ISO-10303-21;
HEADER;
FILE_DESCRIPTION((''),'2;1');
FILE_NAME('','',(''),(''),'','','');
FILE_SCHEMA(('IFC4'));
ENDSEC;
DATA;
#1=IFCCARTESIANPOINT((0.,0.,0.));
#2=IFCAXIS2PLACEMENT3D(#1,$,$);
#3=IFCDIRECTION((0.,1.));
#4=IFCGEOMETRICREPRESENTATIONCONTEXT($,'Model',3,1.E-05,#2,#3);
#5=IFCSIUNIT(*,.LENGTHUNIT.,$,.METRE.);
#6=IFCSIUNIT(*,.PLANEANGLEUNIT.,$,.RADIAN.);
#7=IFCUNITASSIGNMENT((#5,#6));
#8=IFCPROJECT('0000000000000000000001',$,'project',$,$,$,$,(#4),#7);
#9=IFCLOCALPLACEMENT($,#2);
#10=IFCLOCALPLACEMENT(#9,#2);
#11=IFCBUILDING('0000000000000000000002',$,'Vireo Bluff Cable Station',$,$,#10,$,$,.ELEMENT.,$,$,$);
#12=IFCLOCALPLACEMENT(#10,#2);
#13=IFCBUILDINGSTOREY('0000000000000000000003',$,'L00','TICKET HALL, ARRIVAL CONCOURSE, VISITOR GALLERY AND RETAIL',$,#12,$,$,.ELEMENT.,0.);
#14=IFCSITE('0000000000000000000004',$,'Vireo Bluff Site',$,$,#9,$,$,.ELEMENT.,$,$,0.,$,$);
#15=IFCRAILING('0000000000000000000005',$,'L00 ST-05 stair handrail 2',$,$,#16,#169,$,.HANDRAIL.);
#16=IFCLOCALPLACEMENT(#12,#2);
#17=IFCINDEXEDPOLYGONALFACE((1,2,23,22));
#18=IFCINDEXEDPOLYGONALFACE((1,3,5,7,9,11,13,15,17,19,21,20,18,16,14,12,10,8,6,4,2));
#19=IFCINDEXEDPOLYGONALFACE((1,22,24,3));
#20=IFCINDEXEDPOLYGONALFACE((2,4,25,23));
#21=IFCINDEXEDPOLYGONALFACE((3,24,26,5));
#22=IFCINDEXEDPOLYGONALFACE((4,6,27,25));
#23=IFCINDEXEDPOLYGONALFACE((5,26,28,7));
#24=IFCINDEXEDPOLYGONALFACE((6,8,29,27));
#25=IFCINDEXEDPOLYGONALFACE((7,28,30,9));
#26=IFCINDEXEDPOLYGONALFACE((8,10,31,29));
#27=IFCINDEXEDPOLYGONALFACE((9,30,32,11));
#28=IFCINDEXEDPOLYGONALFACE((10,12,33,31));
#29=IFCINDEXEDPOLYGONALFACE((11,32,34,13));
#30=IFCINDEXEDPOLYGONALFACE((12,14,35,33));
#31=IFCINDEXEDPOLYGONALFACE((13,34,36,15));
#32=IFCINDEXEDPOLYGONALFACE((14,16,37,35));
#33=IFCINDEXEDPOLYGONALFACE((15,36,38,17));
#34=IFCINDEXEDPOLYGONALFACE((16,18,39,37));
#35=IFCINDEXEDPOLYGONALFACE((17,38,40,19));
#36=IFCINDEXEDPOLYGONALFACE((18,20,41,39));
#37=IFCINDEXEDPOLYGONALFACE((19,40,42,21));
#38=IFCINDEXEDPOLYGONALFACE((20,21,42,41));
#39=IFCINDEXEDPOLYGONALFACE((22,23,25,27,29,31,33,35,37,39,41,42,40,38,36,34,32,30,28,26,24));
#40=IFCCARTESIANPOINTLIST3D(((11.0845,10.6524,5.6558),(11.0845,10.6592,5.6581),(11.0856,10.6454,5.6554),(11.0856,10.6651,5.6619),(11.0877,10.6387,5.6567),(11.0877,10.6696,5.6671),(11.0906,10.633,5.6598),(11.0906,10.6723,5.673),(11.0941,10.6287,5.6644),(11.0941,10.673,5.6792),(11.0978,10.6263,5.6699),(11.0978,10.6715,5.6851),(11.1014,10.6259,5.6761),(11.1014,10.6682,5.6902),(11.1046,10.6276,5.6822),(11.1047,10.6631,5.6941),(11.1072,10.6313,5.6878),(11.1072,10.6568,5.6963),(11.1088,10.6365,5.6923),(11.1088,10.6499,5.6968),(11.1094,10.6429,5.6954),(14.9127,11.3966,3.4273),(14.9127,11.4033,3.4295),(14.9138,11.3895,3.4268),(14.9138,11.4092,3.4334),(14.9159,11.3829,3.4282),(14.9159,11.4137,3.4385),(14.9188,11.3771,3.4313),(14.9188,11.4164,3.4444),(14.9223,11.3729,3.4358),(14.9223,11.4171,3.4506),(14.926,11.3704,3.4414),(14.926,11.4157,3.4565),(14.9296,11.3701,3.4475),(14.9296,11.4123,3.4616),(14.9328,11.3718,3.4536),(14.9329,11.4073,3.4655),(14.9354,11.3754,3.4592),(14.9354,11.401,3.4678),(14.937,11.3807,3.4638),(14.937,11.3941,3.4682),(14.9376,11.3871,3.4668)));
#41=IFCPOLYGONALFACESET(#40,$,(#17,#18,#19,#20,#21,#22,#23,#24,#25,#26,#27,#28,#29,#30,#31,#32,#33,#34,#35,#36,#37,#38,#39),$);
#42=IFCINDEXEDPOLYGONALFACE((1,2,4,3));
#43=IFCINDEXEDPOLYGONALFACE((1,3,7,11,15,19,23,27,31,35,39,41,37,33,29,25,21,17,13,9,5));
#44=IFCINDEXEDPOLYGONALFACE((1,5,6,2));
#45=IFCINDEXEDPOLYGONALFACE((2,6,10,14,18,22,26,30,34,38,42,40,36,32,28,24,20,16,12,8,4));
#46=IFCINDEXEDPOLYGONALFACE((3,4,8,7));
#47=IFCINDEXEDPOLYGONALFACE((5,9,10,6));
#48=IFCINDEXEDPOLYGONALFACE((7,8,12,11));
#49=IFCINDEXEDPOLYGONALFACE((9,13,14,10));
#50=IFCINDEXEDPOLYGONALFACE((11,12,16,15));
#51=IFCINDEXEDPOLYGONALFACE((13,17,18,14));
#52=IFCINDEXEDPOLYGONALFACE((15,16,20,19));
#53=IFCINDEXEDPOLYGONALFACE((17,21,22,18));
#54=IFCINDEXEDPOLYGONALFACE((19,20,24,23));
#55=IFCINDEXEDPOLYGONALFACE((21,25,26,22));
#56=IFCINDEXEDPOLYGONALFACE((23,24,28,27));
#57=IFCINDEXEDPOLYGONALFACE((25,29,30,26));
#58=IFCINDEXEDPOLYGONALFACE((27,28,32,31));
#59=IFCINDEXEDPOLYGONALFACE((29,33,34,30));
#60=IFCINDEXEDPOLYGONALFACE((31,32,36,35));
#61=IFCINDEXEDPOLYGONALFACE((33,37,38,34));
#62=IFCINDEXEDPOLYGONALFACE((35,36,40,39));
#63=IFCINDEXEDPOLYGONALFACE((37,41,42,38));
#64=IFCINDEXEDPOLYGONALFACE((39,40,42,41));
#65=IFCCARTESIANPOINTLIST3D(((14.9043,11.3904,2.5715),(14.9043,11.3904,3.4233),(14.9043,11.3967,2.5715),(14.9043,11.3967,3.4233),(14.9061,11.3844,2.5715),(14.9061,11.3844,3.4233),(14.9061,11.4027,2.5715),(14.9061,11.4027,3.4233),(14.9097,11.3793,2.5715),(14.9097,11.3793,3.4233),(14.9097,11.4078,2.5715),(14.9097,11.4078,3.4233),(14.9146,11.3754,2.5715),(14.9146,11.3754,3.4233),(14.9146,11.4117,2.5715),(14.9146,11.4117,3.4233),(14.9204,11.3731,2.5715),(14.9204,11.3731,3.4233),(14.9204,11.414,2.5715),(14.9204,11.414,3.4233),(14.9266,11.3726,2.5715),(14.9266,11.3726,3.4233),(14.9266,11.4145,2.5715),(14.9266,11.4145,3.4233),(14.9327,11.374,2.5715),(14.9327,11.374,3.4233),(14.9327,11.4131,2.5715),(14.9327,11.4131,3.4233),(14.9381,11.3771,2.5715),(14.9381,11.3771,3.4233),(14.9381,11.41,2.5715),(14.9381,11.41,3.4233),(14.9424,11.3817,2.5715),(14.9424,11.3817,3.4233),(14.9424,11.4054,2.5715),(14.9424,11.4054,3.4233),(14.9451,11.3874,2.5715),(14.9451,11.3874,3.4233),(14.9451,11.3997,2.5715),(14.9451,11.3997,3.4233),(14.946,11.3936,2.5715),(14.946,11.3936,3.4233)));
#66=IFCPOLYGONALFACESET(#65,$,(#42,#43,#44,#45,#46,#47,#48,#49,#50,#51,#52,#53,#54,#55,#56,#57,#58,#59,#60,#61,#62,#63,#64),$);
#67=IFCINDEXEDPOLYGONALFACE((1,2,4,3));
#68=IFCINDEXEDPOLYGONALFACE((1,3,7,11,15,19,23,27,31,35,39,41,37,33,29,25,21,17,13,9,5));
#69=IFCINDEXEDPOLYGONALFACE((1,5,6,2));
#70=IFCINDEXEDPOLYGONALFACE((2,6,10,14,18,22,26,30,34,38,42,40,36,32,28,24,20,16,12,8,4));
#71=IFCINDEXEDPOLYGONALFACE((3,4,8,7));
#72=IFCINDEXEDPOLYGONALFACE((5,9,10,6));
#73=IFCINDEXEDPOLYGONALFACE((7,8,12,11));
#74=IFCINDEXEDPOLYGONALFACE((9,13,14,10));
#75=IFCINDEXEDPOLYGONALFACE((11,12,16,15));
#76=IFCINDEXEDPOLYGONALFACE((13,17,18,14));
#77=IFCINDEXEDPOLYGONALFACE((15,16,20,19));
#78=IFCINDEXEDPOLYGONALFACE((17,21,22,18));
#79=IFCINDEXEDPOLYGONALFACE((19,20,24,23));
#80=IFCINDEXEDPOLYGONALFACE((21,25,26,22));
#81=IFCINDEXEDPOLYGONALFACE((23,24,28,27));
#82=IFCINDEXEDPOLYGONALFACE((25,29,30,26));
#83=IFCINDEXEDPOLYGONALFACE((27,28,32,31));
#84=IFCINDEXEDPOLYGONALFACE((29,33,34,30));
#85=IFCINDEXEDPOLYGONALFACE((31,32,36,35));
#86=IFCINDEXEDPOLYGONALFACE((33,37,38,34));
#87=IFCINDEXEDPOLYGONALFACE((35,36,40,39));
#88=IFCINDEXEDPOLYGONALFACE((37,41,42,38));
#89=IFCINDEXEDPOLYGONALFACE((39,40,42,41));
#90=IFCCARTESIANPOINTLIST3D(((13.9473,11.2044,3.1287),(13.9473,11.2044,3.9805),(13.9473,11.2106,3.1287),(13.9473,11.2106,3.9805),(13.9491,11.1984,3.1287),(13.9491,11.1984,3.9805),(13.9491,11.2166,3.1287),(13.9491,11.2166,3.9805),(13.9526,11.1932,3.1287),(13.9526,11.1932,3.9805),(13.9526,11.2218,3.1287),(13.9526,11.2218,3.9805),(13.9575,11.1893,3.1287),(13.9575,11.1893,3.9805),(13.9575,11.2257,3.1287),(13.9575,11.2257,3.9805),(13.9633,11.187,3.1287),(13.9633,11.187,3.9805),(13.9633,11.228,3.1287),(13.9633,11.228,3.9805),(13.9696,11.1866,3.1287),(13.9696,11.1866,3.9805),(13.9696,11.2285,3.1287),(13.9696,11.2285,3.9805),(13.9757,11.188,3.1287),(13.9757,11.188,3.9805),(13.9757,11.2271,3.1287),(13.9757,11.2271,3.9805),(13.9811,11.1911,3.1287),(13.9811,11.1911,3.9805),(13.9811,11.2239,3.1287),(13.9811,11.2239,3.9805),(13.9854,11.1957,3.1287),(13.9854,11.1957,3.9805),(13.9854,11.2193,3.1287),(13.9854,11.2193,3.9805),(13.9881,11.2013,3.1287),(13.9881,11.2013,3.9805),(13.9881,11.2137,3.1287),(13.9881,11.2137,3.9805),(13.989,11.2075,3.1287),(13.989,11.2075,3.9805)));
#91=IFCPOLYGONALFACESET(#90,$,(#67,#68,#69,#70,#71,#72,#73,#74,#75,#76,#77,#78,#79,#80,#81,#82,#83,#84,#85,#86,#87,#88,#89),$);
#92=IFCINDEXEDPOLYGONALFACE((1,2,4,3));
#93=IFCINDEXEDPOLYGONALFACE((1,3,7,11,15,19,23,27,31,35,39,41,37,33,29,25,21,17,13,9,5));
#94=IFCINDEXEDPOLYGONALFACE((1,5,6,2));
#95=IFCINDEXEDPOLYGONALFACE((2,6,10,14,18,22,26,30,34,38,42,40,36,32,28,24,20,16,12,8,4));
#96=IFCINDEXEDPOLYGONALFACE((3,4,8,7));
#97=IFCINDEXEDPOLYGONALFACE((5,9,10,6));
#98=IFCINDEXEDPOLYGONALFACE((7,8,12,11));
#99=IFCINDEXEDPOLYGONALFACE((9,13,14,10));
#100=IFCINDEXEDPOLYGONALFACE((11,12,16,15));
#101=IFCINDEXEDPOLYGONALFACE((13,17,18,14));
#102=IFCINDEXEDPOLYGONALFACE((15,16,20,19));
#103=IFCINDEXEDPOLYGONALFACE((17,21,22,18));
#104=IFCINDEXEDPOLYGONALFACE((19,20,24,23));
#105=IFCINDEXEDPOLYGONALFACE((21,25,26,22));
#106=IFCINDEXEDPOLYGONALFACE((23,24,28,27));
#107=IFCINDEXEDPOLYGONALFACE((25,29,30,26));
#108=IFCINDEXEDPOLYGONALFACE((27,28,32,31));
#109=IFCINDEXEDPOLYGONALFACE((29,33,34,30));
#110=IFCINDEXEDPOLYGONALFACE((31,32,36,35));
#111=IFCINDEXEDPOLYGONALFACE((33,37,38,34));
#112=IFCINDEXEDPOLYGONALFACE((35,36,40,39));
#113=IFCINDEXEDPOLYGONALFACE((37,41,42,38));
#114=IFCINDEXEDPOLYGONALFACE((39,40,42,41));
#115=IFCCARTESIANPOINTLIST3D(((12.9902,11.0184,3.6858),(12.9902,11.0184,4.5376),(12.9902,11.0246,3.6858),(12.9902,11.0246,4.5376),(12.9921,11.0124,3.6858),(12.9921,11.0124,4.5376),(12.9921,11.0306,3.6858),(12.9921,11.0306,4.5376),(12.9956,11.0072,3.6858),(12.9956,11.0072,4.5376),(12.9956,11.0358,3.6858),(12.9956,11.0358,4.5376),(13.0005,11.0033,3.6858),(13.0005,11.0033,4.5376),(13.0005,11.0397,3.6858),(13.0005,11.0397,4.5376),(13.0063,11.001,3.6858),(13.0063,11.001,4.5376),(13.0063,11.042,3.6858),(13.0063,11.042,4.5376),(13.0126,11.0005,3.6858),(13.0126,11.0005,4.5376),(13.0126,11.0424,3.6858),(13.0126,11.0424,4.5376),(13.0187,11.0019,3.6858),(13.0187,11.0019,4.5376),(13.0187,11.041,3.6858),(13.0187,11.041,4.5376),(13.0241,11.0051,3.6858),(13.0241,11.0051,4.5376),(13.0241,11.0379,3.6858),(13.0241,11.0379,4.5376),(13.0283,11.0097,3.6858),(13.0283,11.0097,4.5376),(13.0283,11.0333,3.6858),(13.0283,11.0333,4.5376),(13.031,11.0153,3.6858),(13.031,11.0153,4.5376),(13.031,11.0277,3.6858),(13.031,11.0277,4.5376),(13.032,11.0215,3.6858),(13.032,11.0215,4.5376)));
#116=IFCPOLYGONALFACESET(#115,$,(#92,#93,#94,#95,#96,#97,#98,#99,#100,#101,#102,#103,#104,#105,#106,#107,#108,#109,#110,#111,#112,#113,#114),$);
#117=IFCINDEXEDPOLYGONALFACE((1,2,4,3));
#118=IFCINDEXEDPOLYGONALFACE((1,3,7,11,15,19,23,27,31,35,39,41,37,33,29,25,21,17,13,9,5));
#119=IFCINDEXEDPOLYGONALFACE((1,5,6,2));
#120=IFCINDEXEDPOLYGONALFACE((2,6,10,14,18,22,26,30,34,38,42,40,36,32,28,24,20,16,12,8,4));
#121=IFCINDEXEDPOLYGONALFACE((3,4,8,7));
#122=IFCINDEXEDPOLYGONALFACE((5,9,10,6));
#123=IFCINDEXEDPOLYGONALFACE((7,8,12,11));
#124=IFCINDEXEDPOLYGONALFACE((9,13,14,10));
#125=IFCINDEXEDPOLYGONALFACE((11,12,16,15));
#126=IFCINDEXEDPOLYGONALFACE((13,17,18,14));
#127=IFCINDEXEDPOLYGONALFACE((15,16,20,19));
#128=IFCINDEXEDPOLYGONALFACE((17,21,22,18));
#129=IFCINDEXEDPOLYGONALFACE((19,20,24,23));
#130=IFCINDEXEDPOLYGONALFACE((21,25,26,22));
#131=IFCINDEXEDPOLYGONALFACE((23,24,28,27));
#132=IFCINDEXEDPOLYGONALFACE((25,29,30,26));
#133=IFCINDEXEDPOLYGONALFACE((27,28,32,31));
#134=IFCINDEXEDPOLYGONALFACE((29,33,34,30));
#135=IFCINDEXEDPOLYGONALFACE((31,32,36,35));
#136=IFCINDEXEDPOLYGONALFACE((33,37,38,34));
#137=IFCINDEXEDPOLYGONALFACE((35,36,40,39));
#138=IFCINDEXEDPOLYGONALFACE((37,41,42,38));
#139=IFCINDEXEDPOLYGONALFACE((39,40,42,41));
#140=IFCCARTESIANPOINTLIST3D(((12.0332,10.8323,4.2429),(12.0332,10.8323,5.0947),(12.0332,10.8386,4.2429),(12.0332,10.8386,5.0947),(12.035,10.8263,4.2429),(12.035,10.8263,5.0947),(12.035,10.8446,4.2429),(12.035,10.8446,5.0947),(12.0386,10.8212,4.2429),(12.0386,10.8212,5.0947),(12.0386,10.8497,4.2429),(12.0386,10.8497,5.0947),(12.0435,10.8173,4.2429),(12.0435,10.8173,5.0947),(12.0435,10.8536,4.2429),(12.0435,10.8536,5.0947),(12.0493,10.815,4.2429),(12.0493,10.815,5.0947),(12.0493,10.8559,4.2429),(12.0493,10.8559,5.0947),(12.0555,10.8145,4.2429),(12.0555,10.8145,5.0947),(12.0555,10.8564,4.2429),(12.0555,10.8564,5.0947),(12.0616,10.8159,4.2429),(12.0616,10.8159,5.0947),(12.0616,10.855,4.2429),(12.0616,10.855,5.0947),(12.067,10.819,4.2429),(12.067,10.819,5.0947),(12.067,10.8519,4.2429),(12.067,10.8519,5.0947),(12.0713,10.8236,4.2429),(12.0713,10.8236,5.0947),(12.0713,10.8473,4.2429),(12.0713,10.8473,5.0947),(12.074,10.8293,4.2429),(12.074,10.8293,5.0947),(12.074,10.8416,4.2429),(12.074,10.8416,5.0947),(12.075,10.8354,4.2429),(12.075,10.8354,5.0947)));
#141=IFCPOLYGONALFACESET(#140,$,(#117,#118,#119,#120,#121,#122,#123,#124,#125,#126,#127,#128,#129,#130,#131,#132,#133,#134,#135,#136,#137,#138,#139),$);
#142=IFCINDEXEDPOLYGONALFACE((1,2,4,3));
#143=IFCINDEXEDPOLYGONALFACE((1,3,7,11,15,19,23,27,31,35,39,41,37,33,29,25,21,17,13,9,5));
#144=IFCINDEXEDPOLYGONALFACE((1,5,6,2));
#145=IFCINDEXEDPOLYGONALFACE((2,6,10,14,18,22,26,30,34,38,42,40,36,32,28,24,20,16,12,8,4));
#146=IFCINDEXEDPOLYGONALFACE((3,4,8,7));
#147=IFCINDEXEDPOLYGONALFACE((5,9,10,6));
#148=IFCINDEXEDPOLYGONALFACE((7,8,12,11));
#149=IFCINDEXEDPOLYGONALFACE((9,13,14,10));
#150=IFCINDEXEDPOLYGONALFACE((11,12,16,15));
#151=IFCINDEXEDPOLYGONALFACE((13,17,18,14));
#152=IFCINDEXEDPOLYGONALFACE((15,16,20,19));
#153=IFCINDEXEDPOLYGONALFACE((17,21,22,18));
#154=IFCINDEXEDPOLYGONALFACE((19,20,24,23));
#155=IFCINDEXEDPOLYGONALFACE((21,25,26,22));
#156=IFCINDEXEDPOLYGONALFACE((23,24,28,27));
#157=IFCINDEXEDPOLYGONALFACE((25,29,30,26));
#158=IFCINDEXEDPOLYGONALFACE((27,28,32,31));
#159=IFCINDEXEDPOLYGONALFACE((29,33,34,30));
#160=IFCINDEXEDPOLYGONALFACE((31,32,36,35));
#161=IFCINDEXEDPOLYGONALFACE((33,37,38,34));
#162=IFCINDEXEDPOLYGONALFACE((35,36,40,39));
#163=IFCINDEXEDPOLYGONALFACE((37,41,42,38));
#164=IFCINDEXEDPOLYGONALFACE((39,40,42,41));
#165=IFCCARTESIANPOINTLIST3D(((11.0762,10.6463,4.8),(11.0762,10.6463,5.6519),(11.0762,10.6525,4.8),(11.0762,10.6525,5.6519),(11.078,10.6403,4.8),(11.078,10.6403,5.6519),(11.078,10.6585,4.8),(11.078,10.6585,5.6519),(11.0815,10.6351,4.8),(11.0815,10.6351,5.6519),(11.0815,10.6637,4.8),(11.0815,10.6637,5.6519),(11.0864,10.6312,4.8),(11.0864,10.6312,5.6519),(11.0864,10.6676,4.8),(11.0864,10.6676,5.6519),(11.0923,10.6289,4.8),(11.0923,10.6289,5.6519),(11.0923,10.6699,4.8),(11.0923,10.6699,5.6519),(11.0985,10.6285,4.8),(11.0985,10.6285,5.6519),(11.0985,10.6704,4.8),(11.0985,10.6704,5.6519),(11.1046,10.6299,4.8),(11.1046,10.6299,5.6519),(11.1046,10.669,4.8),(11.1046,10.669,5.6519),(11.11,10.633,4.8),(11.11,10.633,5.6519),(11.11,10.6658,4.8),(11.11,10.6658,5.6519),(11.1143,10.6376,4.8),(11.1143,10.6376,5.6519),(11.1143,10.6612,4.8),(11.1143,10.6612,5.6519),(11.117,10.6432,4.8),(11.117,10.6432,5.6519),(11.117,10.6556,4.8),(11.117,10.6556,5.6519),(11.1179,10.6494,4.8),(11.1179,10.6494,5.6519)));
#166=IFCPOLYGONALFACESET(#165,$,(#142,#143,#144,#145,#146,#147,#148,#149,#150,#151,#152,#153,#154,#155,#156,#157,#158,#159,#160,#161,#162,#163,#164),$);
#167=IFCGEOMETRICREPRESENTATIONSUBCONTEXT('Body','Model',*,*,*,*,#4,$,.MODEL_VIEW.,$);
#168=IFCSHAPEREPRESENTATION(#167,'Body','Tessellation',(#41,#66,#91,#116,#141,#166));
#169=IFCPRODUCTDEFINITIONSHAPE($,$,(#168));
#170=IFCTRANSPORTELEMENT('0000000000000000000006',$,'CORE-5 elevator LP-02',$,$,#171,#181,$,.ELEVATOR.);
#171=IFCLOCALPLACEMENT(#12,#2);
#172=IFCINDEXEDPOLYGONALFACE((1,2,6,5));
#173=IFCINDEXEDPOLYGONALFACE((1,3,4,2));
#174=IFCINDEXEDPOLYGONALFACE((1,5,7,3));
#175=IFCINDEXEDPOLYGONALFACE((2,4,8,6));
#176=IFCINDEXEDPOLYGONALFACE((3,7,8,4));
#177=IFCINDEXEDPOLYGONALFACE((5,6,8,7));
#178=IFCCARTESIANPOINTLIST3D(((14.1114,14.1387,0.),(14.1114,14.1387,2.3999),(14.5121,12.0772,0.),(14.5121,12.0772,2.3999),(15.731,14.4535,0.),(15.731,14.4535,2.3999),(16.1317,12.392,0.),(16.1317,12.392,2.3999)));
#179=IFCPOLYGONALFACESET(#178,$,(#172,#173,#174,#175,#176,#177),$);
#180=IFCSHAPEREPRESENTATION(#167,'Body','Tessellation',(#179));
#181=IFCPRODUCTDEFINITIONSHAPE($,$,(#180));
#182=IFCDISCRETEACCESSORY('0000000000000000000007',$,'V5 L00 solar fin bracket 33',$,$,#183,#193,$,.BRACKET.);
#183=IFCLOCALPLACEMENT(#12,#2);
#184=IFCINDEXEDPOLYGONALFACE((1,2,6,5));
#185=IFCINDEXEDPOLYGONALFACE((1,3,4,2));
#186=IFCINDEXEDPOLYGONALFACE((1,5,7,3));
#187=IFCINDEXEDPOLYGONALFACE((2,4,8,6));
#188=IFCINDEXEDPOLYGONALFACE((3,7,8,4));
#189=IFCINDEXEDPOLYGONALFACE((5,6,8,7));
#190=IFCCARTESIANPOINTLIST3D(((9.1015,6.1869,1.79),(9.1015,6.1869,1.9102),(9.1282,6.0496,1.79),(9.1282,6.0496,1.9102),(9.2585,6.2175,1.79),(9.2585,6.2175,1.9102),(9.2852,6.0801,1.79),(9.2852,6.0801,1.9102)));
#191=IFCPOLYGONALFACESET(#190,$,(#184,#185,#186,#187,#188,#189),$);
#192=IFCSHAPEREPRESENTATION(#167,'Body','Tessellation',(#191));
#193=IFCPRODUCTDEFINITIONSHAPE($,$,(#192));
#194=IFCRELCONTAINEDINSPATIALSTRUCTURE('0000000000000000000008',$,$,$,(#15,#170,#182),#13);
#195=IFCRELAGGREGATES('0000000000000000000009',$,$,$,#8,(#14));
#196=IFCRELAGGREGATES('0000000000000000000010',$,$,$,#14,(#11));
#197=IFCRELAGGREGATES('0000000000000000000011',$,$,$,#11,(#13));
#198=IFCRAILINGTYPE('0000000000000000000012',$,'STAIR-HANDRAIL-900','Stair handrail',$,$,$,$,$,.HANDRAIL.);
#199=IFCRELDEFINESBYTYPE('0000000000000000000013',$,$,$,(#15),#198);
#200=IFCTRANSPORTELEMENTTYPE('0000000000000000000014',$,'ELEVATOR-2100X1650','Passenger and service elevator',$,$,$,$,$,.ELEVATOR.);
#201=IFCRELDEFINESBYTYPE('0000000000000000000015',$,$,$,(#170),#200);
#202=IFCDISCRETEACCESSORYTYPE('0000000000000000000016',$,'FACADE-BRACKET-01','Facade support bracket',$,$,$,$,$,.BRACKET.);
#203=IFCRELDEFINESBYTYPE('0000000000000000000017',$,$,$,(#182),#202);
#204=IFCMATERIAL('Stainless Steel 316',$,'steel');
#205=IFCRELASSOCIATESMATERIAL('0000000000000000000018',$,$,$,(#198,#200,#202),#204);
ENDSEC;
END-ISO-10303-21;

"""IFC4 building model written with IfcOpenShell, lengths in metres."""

from ifc_helpers import new_model, si_unit, direction, frame, origin, origin_2d, place, context, subcontext, project, spatial, rectangle, circle, extrude, material, type_object, element, save


model = new_model("IFC4")

# Units and contexts
model_context = context("Model", 3, precision=1e-05, world=origin(), true_north=direction((0.0, 1.0)))
body_context = subcontext(model_context, "Body", "Model", "MODEL_VIEW")
ifc_project = project(units=[si_unit("LENGTHUNIT", "METRE"), si_unit("PLANEANGLEUNIT", "RADIAN")], contexts=[model_context])

# Site, building, storey
site_placement = place(None, origin())
site = spatial("IfcSite", under=ifc_project, at=site_placement, Name="Vireo Bluff Site", CompositionType="ELEMENT", RefElevation=0.0)
building_placement = place(site_placement, origin())
building = spatial("IfcBuilding", under=site, at=building_placement, Name="Vireo Bluff Cable Station", CompositionType="ELEMENT")
storey_placement = place(building_placement, origin())
storey = spatial("IfcBuildingStorey", under=building, at=storey_placement, Name="L00", Description="TICKET HALL, ARRIVAL CONCOURSE, VISITOR GALLERY AND RETAIL", CompositionType="ELEMENT", Elevation=0.0)

# Shared definitions
ifc_material_1 = material(Name="Stainless Steel 316", Category="steel")

# Railing
railing_type_1 = type_object("IfcRailingType", Name="STAIR-HANDRAIL-900", Description="Stair handrail", PredefinedType="HANDRAIL", material=ifc_material_1)
railing_1_placement = place(storey_placement, frame((14.925, 11.3936, 2.5715)))
element("IfcRailing", 1, at=railing_1_placement, inside=storey, type_object=railing_type_1, Name="L00 ST-05 stair handrail 2", PredefinedType="HANDRAIL", context=body_context, shape_type="SweptSolid", body=[
    extrude(circle(Radius=0.0239, at=origin_2d()), frame((0.0, 0.0, 0.876), z_axis=(-0.852283, -0.165673, 0.496151), x_axis=(0.190816, -0.981626, 0.0)), (0.0, 0.0, 1.0), 4.4917),
    extrude(circle(Radius=0.021, at=origin_2d()), origin(), (0.0, 0.0, 1.0), 0.8518),
    extrude(circle(Radius=0.021, at=origin_2d()), frame((-0.957, -0.186, 0.5571)), (0.0, 0.0, 1.0), 0.8518),
    extrude(circle(Radius=0.021, at=origin_2d()), frame((-1.9141, -0.3721, 1.1143)), (0.0, 0.0, 1.0), 0.8518),
    extrude(circle(Radius=0.021, at=origin_2d()), frame((-2.8711, -0.5581, 1.6714)), (0.0, 0.0, 1.0), 0.8518),
    extrude(circle(Radius=0.021, at=origin_2d()), frame((-3.8281, -0.7441, 2.2285)), (0.0, 0.0, 1.0), 0.8518),
])

# Transport element
transport_element_type = type_object("IfcTransportElementType", Name="ELEVATOR-2100X1650", Description="Passenger and service elevator", PredefinedType="ELEVATOR", material=ifc_material_1)
transport_element_placement = place(storey_placement, frame((15.1216, 13.2654, 0.0), z_axis=(0.0, 0.0, 1.0), x_axis=(0.981627, 0.190809, 0.0)))
element("IfcTransportElement", 2, at=transport_element_placement, inside=storey, type_object=transport_element_type, Name="CORE-5 elevator LP-02", PredefinedType="ELEVATOR", context=body_context, shape_type="SweptSolid", body=[
    extrude(rectangle(XDim=1.6499, YDim=2.1001, at=origin_2d()), origin(), (0.0, 0.0, 1.0), 2.3999),
])

# Discrete accessory
discrete_accessory_type = type_object("IfcDiscreteAccessoryType", Name="FACADE-BRACKET-01", Description="Facade support bracket", PredefinedType="BRACKET", material=ifc_material_1)
discrete_accessory_placement = place(storey_placement, frame((9.1934, 6.1335, 1.79), z_axis=(0.0, 0.0, 1.0), x_axis=(-0.190809, 0.981627, 0.0)))
element("IfcDiscreteAccessory", 3, at=discrete_accessory_placement, inside=storey, type_object=discrete_accessory_type, Name="V5 L00 solar fin bracket 33", PredefinedType="BRACKET", context=body_context, shape_type="SweptSolid", body=[
    extrude(rectangle(XDim=0.1399, YDim=0.1599, at=origin_2d()), origin(), (0.0, 0.0, 1.0), 0.1201),
])

save(model, "model.ifc")
